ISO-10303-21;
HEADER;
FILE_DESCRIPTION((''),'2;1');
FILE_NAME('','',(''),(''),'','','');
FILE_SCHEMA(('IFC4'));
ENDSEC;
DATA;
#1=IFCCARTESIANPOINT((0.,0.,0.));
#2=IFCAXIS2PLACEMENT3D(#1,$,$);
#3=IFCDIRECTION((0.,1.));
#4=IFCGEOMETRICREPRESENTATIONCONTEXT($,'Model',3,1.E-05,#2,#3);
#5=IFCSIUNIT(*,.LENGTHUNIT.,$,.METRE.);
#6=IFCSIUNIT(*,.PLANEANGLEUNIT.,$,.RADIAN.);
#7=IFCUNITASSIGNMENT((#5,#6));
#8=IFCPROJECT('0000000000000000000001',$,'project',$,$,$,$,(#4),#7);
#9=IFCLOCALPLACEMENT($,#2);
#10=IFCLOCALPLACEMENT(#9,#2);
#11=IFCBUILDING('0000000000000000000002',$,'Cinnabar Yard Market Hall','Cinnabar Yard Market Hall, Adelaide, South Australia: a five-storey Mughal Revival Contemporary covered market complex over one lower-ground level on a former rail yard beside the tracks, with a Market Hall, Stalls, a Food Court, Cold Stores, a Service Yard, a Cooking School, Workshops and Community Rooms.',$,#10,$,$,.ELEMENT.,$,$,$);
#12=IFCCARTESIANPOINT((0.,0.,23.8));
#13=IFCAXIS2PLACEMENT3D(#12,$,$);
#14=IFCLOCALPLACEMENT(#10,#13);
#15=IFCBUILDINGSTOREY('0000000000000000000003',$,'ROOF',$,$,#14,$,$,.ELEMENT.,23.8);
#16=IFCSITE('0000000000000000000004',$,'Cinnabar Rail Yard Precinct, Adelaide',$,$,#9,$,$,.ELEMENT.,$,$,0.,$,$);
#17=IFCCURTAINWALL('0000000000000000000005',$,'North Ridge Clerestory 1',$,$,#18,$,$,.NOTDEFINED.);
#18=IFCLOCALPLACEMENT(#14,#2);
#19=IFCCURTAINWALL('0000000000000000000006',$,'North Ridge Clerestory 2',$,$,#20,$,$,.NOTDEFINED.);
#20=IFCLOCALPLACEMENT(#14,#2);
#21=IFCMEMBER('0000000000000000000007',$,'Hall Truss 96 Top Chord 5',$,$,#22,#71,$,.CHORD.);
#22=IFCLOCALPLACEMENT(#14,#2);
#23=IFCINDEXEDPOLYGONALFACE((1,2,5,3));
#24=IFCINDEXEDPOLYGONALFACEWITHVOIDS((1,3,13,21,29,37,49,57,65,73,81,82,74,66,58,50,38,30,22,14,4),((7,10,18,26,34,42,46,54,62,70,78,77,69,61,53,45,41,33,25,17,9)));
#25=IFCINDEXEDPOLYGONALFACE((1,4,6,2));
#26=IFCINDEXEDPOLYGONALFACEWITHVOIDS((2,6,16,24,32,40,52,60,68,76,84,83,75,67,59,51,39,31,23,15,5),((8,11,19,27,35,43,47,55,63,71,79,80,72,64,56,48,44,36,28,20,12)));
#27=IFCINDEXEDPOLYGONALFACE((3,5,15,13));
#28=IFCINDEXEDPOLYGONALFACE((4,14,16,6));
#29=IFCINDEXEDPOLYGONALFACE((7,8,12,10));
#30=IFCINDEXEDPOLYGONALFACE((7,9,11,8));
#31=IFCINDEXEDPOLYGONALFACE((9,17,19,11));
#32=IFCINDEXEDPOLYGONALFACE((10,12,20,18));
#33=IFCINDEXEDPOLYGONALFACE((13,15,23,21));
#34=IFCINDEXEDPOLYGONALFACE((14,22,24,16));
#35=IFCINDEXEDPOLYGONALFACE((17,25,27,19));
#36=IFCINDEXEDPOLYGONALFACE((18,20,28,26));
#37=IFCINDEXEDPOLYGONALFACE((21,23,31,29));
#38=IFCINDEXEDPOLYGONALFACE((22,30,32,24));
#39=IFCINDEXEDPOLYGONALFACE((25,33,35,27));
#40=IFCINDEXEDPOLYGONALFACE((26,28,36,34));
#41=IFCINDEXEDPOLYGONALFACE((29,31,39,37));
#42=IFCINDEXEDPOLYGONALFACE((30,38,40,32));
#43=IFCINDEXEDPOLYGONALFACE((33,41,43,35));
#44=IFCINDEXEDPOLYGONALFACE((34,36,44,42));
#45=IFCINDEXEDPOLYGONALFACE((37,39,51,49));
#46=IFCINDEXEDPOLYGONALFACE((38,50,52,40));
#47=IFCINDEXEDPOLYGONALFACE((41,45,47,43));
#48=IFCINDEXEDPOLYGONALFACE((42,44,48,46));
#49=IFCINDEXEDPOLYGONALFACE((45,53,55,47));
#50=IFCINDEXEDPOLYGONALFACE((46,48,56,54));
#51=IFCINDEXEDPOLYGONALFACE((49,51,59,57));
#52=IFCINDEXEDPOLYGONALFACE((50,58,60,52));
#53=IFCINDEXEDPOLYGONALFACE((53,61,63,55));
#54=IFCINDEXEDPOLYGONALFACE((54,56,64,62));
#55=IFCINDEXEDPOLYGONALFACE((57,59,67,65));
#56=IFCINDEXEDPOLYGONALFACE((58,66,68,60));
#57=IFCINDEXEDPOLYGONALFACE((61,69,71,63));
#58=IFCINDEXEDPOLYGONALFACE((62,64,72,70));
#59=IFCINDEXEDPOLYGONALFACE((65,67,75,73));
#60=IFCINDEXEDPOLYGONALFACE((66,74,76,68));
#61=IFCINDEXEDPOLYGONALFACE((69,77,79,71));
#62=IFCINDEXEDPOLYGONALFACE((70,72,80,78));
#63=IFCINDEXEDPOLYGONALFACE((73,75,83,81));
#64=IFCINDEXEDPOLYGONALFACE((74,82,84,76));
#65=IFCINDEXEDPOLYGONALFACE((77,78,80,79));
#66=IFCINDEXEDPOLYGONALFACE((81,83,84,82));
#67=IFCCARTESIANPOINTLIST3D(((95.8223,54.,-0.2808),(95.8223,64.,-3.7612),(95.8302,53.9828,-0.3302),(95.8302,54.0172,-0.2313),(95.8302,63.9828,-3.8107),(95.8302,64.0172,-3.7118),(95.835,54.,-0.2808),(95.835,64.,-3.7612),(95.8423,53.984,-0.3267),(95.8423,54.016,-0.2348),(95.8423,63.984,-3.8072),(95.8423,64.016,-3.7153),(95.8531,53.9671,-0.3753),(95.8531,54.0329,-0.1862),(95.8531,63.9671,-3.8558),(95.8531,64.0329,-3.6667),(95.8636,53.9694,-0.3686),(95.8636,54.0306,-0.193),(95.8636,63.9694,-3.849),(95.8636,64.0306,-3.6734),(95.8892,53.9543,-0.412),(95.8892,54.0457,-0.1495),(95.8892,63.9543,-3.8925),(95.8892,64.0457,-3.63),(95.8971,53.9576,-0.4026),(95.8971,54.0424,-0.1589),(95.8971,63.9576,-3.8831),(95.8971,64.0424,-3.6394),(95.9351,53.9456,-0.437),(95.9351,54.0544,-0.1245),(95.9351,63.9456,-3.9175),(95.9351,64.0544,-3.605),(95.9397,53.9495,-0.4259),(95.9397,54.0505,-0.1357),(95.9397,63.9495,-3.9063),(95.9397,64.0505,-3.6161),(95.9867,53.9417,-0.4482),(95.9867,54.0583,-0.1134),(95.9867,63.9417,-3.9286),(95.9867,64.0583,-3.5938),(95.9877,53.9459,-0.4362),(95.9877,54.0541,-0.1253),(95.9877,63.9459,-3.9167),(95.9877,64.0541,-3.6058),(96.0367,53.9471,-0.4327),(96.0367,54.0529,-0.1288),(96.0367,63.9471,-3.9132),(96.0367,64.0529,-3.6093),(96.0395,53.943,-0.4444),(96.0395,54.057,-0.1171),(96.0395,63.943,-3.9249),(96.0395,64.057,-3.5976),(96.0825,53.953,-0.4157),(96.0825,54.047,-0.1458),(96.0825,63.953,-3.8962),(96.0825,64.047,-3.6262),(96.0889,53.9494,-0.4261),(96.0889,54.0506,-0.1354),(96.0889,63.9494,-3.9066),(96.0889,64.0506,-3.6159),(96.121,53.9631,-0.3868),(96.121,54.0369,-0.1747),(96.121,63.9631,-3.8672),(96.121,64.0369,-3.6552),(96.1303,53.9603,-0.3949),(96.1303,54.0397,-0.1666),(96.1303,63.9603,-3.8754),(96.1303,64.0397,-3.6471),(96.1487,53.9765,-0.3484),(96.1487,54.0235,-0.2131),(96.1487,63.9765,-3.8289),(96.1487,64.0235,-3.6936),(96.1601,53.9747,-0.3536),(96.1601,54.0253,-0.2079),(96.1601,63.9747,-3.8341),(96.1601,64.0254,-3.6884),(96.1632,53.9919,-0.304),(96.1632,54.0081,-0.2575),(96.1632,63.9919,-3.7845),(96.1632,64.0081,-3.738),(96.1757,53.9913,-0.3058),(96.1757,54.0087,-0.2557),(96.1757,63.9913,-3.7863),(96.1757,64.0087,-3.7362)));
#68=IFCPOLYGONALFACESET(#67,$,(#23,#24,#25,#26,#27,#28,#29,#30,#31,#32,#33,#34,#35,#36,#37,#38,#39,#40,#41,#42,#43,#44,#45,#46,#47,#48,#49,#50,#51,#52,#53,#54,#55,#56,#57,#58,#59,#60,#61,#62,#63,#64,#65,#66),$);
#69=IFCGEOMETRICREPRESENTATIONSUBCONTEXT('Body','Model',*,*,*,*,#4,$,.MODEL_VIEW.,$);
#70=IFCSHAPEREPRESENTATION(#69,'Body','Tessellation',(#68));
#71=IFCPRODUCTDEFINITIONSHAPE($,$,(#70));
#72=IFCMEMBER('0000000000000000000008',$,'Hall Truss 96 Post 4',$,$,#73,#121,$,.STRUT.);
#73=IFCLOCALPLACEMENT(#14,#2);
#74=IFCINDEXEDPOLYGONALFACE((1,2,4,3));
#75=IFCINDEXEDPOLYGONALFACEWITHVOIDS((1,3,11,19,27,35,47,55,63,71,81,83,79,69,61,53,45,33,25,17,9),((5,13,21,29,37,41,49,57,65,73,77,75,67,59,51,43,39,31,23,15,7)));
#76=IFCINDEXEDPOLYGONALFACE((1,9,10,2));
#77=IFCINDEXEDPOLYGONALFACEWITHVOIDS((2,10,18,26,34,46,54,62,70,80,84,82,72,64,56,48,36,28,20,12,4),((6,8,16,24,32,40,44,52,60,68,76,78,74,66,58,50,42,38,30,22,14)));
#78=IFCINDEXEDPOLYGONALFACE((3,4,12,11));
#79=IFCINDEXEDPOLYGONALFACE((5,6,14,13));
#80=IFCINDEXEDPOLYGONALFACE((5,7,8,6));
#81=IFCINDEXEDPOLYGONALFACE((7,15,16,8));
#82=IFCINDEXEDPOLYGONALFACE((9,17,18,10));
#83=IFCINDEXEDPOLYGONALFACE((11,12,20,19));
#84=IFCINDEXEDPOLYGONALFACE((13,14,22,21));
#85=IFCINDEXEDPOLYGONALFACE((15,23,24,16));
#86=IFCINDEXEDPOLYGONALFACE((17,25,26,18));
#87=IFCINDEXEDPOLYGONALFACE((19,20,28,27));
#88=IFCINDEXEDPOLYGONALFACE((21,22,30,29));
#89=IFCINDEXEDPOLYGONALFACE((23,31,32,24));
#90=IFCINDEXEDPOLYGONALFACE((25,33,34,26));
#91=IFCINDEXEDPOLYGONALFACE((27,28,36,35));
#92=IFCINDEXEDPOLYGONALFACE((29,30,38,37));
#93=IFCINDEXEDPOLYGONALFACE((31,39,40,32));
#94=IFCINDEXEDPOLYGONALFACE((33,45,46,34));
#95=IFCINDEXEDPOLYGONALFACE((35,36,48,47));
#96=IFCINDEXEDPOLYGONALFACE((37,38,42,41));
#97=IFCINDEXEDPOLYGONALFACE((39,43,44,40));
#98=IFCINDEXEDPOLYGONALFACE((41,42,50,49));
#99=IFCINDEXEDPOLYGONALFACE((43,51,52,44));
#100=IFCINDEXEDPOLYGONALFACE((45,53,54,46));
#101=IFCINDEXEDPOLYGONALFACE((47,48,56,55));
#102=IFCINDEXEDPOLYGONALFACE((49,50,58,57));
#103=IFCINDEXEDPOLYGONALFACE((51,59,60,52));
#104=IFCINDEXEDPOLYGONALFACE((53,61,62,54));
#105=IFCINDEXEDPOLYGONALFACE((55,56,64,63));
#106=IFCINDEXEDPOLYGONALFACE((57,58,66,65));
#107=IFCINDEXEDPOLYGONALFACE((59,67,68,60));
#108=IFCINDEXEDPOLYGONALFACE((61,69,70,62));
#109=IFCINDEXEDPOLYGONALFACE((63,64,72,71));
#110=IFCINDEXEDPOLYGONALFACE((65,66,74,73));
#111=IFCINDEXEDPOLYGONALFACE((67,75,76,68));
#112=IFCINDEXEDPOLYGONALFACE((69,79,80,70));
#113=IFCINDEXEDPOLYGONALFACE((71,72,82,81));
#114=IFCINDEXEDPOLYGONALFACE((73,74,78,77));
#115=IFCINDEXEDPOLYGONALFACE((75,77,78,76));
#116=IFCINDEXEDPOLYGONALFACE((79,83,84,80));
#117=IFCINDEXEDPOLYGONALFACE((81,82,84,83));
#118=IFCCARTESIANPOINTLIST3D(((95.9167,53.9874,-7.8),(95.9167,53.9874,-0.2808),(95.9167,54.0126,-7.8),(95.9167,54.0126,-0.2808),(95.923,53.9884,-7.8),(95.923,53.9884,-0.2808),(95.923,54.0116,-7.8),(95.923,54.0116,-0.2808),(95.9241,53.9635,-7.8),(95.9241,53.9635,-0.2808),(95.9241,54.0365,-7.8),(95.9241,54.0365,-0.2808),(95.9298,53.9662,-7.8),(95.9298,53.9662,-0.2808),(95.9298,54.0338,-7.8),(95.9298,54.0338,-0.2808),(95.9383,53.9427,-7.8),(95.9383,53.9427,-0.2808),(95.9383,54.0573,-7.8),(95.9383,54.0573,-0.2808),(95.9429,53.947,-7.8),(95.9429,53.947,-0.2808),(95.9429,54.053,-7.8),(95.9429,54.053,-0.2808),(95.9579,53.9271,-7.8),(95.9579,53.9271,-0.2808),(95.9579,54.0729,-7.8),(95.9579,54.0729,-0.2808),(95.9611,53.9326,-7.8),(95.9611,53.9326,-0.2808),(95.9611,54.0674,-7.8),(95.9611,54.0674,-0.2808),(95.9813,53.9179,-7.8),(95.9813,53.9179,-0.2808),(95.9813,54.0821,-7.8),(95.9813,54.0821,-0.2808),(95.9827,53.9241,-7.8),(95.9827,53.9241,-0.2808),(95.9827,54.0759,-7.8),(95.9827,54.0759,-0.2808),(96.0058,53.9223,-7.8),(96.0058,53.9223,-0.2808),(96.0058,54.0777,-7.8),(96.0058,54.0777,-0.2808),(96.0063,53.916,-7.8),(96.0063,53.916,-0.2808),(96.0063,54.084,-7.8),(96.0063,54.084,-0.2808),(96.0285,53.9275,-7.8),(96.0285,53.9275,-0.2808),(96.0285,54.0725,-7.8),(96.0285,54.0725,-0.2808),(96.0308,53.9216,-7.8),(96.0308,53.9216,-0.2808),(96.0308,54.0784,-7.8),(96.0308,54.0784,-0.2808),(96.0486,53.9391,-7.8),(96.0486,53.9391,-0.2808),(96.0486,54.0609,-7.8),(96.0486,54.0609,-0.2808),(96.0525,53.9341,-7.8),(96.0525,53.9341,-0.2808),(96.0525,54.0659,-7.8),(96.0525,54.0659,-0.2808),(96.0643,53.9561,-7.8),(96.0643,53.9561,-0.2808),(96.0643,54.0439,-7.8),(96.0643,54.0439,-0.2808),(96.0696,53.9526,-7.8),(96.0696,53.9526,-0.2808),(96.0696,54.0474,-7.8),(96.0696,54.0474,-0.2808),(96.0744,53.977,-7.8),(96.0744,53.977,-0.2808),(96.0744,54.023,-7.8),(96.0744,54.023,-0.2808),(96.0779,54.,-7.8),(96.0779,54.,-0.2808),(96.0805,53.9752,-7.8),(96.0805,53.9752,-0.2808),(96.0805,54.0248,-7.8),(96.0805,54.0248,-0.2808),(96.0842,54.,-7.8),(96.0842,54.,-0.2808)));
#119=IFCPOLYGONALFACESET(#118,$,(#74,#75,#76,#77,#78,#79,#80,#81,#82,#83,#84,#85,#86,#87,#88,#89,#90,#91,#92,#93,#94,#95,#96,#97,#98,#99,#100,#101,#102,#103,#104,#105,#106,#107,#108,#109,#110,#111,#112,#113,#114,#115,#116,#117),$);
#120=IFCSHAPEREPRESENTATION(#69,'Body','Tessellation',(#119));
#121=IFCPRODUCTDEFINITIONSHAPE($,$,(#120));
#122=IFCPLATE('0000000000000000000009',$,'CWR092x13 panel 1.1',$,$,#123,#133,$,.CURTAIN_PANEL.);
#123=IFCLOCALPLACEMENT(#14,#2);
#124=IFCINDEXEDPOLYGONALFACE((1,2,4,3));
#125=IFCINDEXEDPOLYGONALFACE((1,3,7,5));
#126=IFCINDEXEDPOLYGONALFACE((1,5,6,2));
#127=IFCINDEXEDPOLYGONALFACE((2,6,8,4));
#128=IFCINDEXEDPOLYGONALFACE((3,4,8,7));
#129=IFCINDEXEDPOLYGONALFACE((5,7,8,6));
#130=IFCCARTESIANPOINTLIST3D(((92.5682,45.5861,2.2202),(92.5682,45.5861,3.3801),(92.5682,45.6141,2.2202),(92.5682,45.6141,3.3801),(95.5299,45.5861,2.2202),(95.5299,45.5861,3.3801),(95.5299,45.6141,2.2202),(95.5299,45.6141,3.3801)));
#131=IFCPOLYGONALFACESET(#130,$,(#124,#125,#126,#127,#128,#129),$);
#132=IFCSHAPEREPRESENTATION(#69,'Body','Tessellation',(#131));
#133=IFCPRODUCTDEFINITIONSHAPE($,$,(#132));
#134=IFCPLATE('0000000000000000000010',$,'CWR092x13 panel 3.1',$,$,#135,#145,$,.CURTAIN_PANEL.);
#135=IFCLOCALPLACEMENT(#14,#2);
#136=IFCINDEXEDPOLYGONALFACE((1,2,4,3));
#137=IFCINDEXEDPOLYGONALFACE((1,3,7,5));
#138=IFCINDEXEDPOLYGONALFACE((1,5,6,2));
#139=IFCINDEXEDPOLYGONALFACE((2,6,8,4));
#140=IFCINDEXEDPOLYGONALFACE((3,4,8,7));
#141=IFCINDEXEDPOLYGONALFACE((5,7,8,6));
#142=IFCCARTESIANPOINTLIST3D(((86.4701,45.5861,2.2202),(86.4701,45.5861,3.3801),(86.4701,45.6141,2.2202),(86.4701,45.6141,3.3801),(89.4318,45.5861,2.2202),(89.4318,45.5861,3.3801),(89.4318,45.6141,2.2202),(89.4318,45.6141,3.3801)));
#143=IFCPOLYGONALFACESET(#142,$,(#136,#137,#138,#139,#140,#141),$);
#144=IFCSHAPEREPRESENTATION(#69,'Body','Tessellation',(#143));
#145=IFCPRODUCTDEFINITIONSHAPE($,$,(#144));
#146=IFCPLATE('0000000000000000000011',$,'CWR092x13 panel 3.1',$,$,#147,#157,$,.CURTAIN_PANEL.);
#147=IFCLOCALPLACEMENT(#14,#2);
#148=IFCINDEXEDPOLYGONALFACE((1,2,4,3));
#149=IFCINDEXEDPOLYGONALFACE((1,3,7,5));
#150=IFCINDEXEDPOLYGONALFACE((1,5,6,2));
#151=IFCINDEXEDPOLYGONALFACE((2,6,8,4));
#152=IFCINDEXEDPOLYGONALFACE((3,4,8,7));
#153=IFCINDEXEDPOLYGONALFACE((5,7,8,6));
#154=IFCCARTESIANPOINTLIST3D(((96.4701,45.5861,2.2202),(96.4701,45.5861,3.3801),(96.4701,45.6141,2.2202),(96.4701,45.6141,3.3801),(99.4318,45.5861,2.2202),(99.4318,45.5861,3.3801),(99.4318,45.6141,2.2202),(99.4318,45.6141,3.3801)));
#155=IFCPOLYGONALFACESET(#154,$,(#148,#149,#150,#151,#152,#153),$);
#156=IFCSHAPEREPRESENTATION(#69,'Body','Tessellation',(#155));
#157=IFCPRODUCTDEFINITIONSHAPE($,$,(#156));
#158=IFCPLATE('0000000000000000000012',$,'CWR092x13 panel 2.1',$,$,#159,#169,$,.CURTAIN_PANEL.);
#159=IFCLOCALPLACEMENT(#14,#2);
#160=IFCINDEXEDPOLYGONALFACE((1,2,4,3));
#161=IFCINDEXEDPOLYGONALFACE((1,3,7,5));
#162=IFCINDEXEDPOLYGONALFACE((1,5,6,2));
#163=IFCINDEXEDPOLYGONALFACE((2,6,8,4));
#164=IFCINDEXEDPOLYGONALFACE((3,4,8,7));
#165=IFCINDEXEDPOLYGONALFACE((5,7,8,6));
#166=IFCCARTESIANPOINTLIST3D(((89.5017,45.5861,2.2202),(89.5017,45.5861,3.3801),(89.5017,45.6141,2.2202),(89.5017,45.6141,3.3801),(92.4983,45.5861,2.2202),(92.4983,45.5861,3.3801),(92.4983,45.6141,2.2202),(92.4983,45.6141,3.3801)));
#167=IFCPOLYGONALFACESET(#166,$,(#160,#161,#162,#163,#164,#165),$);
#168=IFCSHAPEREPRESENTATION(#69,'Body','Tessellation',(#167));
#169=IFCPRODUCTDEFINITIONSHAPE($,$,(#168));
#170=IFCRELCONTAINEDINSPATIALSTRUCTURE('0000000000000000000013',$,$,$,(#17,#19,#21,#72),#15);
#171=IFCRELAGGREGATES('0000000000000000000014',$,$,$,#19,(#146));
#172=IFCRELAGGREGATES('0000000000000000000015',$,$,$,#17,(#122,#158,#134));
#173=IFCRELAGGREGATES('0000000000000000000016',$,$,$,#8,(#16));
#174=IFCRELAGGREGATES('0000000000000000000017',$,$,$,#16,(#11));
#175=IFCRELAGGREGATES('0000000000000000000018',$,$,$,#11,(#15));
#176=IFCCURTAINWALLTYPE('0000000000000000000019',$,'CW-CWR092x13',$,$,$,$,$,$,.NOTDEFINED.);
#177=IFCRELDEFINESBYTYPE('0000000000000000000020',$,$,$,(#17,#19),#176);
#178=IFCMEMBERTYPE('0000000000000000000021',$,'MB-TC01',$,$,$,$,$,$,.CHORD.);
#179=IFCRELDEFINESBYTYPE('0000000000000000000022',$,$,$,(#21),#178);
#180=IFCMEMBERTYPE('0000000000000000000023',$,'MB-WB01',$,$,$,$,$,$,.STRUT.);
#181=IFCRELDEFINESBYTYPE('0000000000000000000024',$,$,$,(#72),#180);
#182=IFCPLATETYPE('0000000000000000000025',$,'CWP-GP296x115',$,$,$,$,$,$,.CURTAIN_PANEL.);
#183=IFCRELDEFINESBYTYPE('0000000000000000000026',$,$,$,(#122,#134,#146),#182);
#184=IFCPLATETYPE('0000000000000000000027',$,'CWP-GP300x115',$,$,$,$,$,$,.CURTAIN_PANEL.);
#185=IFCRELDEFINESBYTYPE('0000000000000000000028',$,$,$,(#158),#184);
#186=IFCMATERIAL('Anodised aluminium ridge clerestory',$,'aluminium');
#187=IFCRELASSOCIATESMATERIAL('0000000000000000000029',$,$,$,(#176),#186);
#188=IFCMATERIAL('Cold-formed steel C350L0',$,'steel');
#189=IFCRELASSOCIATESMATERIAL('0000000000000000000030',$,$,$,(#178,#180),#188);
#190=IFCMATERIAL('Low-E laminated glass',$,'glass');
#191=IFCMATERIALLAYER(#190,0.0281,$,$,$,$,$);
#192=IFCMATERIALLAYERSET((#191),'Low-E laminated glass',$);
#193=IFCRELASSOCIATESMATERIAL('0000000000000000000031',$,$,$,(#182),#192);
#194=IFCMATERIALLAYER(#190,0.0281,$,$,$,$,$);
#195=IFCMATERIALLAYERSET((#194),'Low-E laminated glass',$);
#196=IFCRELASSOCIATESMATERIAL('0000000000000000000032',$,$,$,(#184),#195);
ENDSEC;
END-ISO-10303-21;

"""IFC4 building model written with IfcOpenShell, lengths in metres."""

from ifc_helpers import new_model, si_unit, direction, frame, origin, origin_2d_with_axis, place, context, subcontext, project, spatial, rectangle, hollow_circle, extrude, material, layer, layer_set, material_profile, profile_set, type_object, element, aggregate, save


model = new_model("IFC4")

# Units and contexts
model_context = context("Model", 3, precision=1e-05, world=origin(), true_north=direction((0.0, 1.0)))
body_context = subcontext(model_context, "Body", "Model", "MODEL_VIEW")
ifc_project = project(units=[si_unit("LENGTHUNIT", "METRE"), si_unit("PLANEANGLEUNIT", "RADIAN")], contexts=[model_context])

# Site, building, storey
site_placement = place(None, origin())
site = spatial("IfcSite", under=ifc_project, at=site_placement, Name="Cinnabar Rail Yard Precinct, Adelaide", CompositionType="ELEMENT", RefElevation=0.0)
building_placement = place(site_placement, origin())
building = spatial("IfcBuilding", under=site, at=building_placement, Name="Cinnabar Yard Market Hall", Description="Cinnabar Yard Market Hall, Adelaide, South Australia: a five-storey Mughal Revival Contemporary covered market complex over one lower-ground level on a former rail yard beside the tracks, with a Market Hall, Stalls, a Food Court, Cold Stores, a Service Yard, a Cooking School, Workshops and Community Rooms.", CompositionType="ELEMENT")
storey_placement = place(building_placement, frame((0.0, 0.0, 23.8)))
storey = spatial("IfcBuildingStorey", under=building, at=storey_placement, Name="ROOF", CompositionType="ELEMENT", Elevation=23.8)

# Curtain walls
ifc_material_1 = material(Name="Anodised aluminium ridge clerestory", Category="aluminium")
curtain_wall_type = type_object("IfcCurtainWallType", Name="CW-CWR092x13", PredefinedType="NOTDEFINED", material=ifc_material_1)
curtain_wall_1_placement = place(storey_placement, origin())
curtain_wall_1 = element("IfcCurtainWall", 1, at=curtain_wall_1_placement, inside=storey, type_object=curtain_wall_type, Name="North Ridge Clerestory 1", PredefinedType="NOTDEFINED")
curtain_wall_2_placement = place(storey_placement, origin())
curtain_wall_2 = element("IfcCurtainWall", 2, at=curtain_wall_2_placement, inside=storey, type_object=curtain_wall_type, Name="North Ridge Clerestory 2", PredefinedType="NOTDEFINED")

# Members
ifc_material_2 = material(Name="Cold-formed steel C350L0", Category="steel")
ifc_material_profile_1 = material_profile(ifc_material_2, hollow_circle(Radius=0.1777, WallThickness=0.0127, at=origin_2d_with_axis()), Name="355.6x12.7CHS")
ifc_profile_set_1 = profile_set([ifc_material_profile_1], Name="Cold-formed steel C350L0")
member_type_1 = type_object("IfcMemberType", Name="MB-TC01", PredefinedType="CHORD", material=ifc_profile_set_1)
member_1_placement = place(storey_placement, frame((96.0, 54.0, -0.2808), z_axis=(0.0, 0.944432, -0.328707), x_axis=(-1.0, 0.0, 0.0)))
element("IfcMember", 3, at=member_1_placement, inside=storey, type_object=member_type_1, Name="Hall Truss 96 Top Chord 5", PredefinedType="CHORD", context=body_context, shape_type="SweptSolid", body=[
    extrude(hollow_circle(Radius=0.1777, WallThickness=0.0127, at=origin_2d_with_axis()), origin(), (0.0, 0.0, 1.0), 10.5884),
])
ifc_material_profile_2 = material_profile(ifc_material_2, hollow_circle(Radius=0.0842, WallThickness=0.0063, at=origin_2d_with_axis()), Name="168.3x6.4CHS")
ifc_profile_set_2 = profile_set([ifc_material_profile_2], Name="Cold-formed steel C350L0")
member_type_2 = type_object("IfcMemberType", Name="MB-WB01", PredefinedType="STRUT", material=ifc_profile_set_2)
member_2_placement = place(storey_placement, frame((96.0, 54.0, -7.8), z_axis=(0.0, 0.0, 1.0), x_axis=(1.0, 0.0, 0.0)))
element("IfcMember", 4, at=member_2_placement, inside=storey, type_object=member_type_2, Name="Hall Truss 96 Post 4", PredefinedType="STRUT", context=body_context, shape_type="SweptSolid", body=[
    extrude(hollow_circle(Radius=0.0842, WallThickness=0.0063, at=origin_2d_with_axis()), origin(), (0.0, 0.0, 1.0), 7.5193),
])

# Plates
ifc_material_3 = material(Name="Low-E laminated glass", Category="glass")
ifc_layer_1 = layer(ifc_material_3, 0.0281)
ifc_layer_set_1 = layer_set([ifc_layer_1], Name="Low-E laminated glass")
plate_type_1 = type_object("IfcPlateType", Name="CWP-GP296x115", PredefinedType="CURTAIN_PANEL", material=ifc_layer_set_1)
plate_1_placement = place(storey_placement, frame((94.0491, 45.6001, 2.2202), z_axis=(0.0, 0.0, 1.0), x_axis=(-1.0, 0.0, 0.0)))
plate_1 = element("IfcPlate", 5, at=plate_1_placement, type_object=plate_type_1, Name="CWR092x13 panel 1.1", PredefinedType="CURTAIN_PANEL", context=body_context, shape_type="SweptSolid", body=[
    extrude(rectangle(XDim=2.9617, YDim=0.0281, at=origin_2d_with_axis()), origin(), (0.0, 0.0, 1.0), 1.1599),
])
plate_2_placement = place(storey_placement, frame((87.9509, 45.6001, 2.2202), z_axis=(0.0, 0.0, 1.0), x_axis=(-1.0, 0.0, 0.0)))
plate_2 = element("IfcPlate", 6, at=plate_2_placement, type_object=plate_type_1, Name="CWR092x13 panel 3.1", PredefinedType="CURTAIN_PANEL", context=body_context, shape_type="SweptSolid", body=[
    extrude(rectangle(XDim=2.9617, YDim=0.0281, at=origin_2d_with_axis()), origin(), (0.0, 0.0, 1.0), 1.1599),
])
plate_3_placement = place(storey_placement, frame((97.9509, 45.6001, 2.2202), z_axis=(0.0, 0.0, 1.0), x_axis=(-1.0, 0.0, 0.0)))
plate_3 = element("IfcPlate", 7, at=plate_3_placement, type_object=plate_type_1, Name="CWR092x13 panel 3.1", PredefinedType="CURTAIN_PANEL", context=body_context, shape_type="SweptSolid", body=[
    extrude(rectangle(XDim=2.9617, YDim=0.0281, at=origin_2d_with_axis()), origin(), (0.0, 0.0, 1.0), 1.1599),
])
aggregate(curtain_wall_2, [plate_3])
ifc_layer_2 = layer(ifc_material_3, 0.0281)
ifc_layer_set_2 = layer_set([ifc_layer_2], Name="Low-E laminated glass")
plate_type_2 = type_object("IfcPlateType", Name="CWP-GP300x115", PredefinedType="CURTAIN_PANEL", material=ifc_layer_set_2)
plate_4_placement = place(storey_placement, frame((91.0, 45.6001, 2.2202), z_axis=(0.0, 0.0, 1.0), x_axis=(-1.0, 0.0, 0.0)))
plate_4 = element("IfcPlate", 8, at=plate_4_placement, type_object=plate_type_2, Name="CWR092x13 panel 2.1", PredefinedType="CURTAIN_PANEL", context=body_context, shape_type="SweptSolid", body=[
    extrude(rectangle(XDim=2.9966, YDim=0.0281, at=origin_2d_with_axis()), origin(), (0.0, 0.0, 1.0), 1.1599),
])
aggregate(curtain_wall_1, [plate_1, plate_4, plate_2])

save(model, "model.ifc")
